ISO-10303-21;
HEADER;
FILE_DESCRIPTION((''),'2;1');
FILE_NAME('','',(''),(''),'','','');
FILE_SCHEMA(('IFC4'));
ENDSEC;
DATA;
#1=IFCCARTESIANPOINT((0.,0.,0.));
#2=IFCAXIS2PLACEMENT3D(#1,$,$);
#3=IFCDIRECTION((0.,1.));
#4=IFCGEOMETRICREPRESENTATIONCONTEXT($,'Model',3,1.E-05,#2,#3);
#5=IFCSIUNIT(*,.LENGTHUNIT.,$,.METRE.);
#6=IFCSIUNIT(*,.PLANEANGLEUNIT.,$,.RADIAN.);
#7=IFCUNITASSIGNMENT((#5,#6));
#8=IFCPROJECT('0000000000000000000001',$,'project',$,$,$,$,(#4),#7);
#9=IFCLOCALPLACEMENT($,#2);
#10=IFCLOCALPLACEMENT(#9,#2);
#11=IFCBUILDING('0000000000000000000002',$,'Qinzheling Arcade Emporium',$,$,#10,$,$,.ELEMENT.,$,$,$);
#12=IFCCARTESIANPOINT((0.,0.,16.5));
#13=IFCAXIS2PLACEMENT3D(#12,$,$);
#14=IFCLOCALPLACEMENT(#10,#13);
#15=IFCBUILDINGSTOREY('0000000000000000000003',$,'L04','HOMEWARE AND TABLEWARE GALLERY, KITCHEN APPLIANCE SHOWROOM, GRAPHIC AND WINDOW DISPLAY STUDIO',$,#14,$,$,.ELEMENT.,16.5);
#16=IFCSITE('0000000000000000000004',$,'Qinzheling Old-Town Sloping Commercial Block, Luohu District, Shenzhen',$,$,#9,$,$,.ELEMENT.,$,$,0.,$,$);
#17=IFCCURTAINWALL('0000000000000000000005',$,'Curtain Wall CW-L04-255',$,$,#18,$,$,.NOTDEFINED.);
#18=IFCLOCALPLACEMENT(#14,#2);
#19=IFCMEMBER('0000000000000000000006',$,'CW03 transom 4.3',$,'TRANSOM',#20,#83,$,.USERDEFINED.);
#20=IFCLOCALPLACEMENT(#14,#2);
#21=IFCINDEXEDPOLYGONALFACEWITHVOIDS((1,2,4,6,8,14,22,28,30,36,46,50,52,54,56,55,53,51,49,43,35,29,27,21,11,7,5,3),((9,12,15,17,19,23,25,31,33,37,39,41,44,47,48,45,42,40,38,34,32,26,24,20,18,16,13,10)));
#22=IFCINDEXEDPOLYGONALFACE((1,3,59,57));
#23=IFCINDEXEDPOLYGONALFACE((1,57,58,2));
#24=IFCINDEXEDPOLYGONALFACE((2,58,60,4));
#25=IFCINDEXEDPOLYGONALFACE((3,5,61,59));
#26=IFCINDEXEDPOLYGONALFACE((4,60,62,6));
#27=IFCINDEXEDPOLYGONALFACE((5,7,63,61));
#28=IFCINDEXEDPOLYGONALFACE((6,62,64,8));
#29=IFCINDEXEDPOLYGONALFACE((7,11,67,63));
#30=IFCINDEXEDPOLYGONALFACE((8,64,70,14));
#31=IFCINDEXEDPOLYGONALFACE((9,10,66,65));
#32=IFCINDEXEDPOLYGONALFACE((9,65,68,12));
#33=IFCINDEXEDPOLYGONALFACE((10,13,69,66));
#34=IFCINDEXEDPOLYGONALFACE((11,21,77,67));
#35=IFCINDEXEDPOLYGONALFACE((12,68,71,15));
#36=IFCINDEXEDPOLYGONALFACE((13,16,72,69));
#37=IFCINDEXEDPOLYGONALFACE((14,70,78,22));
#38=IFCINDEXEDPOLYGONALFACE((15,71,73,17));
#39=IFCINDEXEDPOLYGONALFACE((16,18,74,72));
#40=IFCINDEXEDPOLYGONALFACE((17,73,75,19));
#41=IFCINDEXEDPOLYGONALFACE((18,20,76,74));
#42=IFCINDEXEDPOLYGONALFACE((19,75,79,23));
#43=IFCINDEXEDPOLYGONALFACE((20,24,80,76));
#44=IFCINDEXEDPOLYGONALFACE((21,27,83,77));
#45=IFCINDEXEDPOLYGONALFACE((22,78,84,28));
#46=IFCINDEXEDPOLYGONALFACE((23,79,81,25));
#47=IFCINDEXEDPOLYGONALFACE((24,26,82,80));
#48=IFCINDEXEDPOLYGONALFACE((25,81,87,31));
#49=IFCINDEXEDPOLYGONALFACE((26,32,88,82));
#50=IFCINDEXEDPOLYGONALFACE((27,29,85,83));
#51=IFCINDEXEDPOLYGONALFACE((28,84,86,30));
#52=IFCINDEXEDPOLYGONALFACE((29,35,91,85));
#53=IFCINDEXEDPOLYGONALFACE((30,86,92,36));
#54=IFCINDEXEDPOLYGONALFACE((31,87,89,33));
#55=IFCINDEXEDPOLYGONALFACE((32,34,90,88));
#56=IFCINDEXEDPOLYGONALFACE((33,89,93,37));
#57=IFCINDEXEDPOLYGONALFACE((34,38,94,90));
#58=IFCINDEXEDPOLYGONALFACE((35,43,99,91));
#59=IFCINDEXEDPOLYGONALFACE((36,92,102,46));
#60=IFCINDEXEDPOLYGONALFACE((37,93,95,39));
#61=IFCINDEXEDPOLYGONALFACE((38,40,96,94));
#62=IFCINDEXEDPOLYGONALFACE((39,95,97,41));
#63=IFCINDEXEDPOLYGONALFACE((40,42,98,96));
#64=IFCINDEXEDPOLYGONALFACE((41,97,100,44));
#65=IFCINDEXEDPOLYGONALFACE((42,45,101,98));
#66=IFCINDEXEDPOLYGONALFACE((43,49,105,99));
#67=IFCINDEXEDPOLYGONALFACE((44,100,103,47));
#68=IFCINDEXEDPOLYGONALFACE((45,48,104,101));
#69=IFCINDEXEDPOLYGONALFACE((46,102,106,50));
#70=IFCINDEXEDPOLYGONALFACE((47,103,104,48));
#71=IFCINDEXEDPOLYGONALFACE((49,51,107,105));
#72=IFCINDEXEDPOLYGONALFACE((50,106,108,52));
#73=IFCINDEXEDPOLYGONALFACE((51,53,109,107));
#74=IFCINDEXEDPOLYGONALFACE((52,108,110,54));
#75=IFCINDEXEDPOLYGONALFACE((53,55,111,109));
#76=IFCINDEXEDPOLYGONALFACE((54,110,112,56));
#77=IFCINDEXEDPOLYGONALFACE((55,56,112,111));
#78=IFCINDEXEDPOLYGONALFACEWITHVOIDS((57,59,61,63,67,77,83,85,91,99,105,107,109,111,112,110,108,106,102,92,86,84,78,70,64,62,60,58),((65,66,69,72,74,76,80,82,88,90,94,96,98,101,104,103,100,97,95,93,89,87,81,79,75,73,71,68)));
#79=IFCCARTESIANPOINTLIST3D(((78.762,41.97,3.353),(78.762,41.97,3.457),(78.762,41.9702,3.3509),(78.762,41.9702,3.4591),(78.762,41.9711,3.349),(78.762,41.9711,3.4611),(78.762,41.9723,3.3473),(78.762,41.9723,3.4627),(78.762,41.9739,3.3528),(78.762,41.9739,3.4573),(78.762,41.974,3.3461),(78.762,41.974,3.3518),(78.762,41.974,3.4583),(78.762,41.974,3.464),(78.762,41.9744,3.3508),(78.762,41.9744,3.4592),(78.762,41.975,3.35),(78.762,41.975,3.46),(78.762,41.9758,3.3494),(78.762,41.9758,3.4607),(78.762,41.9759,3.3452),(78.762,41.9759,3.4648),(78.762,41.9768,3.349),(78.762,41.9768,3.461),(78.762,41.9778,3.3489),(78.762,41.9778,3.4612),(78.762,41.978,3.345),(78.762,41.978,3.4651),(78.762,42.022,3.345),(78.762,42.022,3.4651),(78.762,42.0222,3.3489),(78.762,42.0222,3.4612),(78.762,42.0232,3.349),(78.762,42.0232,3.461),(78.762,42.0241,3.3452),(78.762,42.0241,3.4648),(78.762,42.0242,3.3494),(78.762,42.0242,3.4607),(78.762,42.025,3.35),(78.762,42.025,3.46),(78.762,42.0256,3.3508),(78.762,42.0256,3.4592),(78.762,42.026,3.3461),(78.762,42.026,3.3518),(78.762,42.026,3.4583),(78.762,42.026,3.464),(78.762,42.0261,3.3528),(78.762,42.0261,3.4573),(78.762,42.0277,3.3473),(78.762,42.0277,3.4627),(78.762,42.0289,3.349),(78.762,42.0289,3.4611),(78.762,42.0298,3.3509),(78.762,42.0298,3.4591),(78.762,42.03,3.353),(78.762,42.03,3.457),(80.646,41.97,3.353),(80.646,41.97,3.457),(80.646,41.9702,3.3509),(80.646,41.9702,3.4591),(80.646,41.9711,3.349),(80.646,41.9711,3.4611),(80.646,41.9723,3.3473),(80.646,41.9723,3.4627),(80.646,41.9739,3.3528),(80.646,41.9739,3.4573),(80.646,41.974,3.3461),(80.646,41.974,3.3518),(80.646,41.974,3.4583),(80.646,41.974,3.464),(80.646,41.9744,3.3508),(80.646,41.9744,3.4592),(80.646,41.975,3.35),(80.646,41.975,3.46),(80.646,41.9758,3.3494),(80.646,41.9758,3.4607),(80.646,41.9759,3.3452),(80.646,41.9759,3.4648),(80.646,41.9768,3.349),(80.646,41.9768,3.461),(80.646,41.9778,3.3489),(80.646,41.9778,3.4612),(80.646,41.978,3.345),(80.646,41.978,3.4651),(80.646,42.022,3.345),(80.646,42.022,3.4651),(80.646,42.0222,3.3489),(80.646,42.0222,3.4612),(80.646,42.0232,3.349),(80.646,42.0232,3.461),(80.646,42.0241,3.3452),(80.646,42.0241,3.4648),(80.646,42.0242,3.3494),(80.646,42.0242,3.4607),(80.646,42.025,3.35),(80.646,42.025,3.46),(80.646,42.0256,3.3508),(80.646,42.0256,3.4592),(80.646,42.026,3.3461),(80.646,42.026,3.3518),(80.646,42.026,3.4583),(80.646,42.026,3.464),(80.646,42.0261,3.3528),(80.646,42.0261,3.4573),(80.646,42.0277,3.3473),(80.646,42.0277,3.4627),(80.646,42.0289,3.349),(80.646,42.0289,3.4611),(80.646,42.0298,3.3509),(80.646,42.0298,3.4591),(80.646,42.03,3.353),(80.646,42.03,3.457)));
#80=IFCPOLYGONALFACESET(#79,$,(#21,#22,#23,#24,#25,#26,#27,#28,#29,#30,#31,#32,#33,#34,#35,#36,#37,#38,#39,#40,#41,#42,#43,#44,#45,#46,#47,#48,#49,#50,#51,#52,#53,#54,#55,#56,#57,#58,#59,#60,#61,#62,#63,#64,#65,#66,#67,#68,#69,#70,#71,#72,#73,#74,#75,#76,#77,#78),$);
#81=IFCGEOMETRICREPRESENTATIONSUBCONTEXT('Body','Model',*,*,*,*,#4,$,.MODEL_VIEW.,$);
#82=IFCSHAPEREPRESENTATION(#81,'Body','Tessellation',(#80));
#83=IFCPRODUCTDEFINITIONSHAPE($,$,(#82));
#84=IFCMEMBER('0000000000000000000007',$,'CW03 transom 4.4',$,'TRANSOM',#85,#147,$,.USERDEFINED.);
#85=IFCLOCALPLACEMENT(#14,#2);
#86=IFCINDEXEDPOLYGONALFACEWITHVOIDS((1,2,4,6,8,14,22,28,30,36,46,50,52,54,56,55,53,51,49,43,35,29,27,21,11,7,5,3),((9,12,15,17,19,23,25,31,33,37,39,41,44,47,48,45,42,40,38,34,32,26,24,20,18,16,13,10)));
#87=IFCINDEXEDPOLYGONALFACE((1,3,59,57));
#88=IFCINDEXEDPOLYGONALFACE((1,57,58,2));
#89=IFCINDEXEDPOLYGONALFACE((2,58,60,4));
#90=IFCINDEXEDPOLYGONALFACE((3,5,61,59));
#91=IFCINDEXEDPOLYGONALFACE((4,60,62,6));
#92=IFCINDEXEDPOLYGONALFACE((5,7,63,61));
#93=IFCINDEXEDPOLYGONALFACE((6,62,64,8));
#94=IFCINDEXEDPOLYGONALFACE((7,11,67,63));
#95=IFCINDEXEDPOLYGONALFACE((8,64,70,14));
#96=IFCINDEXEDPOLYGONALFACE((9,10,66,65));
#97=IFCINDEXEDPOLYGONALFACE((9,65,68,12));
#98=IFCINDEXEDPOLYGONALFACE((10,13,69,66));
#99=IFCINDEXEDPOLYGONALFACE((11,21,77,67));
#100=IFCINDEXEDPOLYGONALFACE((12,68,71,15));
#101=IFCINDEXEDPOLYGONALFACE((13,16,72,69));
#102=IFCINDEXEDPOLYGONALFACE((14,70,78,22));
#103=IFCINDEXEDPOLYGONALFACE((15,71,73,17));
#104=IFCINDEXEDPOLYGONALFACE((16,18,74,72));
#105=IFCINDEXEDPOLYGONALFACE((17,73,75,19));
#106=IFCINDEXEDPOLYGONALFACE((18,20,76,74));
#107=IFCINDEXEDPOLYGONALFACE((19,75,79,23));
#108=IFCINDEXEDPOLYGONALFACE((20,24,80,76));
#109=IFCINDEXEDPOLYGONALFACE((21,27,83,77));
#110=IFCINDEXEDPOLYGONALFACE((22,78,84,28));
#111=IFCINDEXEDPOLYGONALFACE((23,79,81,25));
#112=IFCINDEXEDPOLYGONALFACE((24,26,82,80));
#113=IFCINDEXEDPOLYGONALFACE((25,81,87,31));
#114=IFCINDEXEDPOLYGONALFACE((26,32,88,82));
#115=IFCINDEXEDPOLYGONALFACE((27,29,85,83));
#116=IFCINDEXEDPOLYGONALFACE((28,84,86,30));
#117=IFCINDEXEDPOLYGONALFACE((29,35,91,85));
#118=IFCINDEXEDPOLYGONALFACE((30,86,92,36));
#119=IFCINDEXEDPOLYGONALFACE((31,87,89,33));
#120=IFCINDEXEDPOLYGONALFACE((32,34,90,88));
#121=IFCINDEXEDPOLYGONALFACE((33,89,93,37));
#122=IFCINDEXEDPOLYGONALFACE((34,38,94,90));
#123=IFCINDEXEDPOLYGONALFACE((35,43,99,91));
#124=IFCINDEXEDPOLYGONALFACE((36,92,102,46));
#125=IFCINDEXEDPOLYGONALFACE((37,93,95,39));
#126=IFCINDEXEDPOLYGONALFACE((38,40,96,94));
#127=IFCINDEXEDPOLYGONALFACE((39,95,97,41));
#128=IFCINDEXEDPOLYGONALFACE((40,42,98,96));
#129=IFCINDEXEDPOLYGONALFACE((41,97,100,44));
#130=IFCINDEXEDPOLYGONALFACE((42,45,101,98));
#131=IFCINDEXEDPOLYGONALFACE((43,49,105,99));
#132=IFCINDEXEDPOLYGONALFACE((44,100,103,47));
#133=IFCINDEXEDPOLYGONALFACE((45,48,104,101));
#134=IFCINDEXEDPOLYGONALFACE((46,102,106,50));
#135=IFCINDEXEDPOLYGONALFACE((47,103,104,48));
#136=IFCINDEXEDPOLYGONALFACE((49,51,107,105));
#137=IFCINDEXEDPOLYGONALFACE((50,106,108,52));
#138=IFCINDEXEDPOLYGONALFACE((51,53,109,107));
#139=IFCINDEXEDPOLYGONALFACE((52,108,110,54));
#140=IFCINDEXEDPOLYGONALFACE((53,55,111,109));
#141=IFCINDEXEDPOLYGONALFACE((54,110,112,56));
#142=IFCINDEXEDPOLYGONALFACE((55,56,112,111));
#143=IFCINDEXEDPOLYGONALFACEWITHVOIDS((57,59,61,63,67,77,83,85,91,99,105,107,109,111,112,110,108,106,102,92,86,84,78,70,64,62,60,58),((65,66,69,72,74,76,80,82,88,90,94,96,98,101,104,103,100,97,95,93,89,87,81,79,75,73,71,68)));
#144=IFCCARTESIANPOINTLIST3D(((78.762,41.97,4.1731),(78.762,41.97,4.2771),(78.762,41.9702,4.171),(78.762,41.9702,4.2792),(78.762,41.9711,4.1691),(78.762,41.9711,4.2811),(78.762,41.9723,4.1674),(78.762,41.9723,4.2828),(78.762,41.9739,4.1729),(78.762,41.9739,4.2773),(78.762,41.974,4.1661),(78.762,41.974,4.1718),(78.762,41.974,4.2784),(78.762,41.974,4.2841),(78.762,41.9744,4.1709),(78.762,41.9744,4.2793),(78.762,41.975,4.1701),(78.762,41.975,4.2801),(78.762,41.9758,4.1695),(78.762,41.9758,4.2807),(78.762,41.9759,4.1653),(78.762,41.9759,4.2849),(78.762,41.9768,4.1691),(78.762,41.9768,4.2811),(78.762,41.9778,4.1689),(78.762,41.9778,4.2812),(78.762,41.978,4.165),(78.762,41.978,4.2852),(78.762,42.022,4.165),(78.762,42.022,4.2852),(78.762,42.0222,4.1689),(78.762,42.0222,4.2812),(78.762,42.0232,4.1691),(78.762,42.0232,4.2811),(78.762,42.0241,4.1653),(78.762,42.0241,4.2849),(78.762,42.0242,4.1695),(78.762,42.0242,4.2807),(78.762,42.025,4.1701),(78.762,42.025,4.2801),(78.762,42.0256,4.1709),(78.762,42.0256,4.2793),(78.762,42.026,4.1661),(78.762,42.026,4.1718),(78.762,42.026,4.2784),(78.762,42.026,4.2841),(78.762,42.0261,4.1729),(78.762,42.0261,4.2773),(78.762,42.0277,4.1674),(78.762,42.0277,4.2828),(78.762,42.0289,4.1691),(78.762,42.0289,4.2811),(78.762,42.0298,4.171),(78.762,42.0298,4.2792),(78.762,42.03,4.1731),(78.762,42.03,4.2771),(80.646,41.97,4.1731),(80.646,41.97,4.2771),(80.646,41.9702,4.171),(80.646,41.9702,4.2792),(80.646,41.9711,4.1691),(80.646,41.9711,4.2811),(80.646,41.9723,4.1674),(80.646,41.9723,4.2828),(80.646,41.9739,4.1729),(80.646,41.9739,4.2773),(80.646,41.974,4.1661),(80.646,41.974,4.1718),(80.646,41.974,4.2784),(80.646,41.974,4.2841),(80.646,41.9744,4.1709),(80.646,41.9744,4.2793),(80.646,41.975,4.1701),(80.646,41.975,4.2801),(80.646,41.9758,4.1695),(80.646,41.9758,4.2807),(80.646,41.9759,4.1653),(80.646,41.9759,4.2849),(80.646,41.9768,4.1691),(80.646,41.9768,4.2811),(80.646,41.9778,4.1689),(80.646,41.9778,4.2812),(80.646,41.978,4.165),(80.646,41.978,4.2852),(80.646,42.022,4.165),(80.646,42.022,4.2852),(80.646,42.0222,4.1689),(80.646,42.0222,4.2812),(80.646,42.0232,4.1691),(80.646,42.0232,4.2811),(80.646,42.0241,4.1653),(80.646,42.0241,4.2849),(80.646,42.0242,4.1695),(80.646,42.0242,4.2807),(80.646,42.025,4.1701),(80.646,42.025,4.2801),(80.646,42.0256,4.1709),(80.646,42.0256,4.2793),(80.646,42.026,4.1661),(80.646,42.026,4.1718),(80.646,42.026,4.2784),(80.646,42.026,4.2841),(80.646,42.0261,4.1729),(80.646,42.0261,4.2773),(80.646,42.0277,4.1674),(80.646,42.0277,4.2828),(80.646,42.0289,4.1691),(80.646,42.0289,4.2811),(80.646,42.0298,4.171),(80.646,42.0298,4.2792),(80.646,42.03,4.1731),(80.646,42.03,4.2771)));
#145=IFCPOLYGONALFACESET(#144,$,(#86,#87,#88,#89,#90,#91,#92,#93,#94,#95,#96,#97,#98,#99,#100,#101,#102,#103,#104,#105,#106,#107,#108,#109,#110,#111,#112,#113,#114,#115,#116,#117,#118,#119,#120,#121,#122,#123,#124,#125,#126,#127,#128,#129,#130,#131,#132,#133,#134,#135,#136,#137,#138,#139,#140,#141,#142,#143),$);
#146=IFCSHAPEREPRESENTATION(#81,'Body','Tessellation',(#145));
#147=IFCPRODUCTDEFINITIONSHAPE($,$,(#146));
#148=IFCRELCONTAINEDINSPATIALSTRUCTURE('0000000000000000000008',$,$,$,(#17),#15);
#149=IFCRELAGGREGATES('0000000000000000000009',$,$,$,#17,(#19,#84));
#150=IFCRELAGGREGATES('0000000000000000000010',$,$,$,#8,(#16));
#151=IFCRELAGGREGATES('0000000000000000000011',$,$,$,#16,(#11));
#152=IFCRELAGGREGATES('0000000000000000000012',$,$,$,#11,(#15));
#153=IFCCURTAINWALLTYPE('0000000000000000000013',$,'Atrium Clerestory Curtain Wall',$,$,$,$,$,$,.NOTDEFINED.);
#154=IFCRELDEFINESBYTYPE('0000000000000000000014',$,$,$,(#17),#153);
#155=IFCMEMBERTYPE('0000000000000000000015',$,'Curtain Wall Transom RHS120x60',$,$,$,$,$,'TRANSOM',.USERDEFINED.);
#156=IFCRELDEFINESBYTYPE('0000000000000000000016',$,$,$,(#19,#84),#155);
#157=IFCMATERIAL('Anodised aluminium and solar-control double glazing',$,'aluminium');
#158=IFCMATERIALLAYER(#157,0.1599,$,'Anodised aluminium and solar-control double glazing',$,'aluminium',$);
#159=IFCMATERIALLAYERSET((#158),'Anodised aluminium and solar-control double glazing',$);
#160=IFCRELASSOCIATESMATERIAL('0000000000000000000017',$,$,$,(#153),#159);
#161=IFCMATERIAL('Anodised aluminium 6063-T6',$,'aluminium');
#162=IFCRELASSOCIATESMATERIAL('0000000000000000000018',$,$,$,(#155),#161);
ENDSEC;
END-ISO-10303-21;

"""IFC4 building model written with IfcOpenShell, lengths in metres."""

from ifc_helpers import new_model, si_unit, direction, frame, origin, origin_2d, place, context, subcontext, project, spatial, hollow_rectangle, extrude, material, layer, layer_set, material_profile, profile_set, type_object, element, aggregate, save


model = new_model("IFC4")

# Units and contexts
model_context = context("Model", 3, precision=1e-05, world=origin(), true_north=direction((0.0, 1.0)))
body_context = subcontext(model_context, "Body", "Model", "MODEL_VIEW")
ifc_project = project(units=[si_unit("LENGTHUNIT", "METRE"), si_unit("PLANEANGLEUNIT", "RADIAN")], contexts=[model_context])

# Site, building, storey
site_placement = place(None, origin())
site = spatial("IfcSite", under=ifc_project, at=site_placement, Name="Qinzheling Old-Town Sloping Commercial Block, Luohu District, Shenzhen", CompositionType="ELEMENT", RefElevation=0.0)
building_placement = place(site_placement, origin())
building = spatial("IfcBuilding", under=site, at=building_placement, Name="Qinzheling Arcade Emporium", CompositionType="ELEMENT")
storey_placement = place(building_placement, frame((0.0, 0.0, 16.5)))
storey = spatial("IfcBuildingStorey", under=building, at=storey_placement, Name="L04", Description="HOMEWARE AND TABLEWARE GALLERY, KITCHEN APPLIANCE SHOWROOM, GRAPHIC AND WINDOW DISPLAY STUDIO", CompositionType="ELEMENT", Elevation=16.5)

# Curtain wall
ifc_material_1 = material(Name="Anodised aluminium and solar-control double glazing", Category="aluminium")
ifc_layer_1 = layer(ifc_material_1, 0.1599, Name="Anodised aluminium and solar-control double glazing", Category="aluminium")
ifc_layer_set_1 = layer_set([ifc_layer_1], Name="Anodised aluminium and solar-control double glazing")
curtain_wall_type = type_object("IfcCurtainWallType", Name="Atrium Clerestory Curtain Wall", PredefinedType="NOTDEFINED", material=ifc_layer_set_1)
curtain_wall_1_placement = place(storey_placement, origin())
curtain_wall_1 = element("IfcCurtainWall", 1, at=curtain_wall_1_placement, inside=storey, type_object=curtain_wall_type, Name="Curtain Wall CW-L04-255", PredefinedType="NOTDEFINED")
ifc_material_2 = material(Name="Anodised aluminium 6063-T6", Category="aluminium")

# Members
ifc_material_profile_1 = material_profile(ifc_material_2, hollow_rectangle(XDim=0.0601, YDim=0.1201, WallThickness=0.0039, InnerFilletRadius=0.0039, OuterFilletRadius=0.0081, at=origin_2d()), Name="RHS 120x60x4", Category="aluminium")
ifc_profile_set_1 = profile_set([ifc_material_profile_1], Name="Anodised aluminium 6063-T6")
member_type_1 = type_object("IfcMemberType", Name="Curtain Wall Transom RHS120x60", ElementType="TRANSOM", PredefinedType="USERDEFINED", material=ifc_profile_set_1)
member_1_placement = place(storey_placement, frame((80.646, 42.0, 3.405), z_axis=(-1.0, 0.0, 0.0), x_axis=(0.0, -1.0, 0.0)))
member_1 = element("IfcMember", 2, at=member_1_placement, type_object=member_type_1, Name="CW03 transom 4.3", ObjectType="TRANSOM", PredefinedType="USERDEFINED", context=body_context, shape_type="SweptSolid", body=[
    extrude(hollow_rectangle(XDim=0.0601, YDim=0.1201, WallThickness=0.0039, InnerFilletRadius=0.0039, OuterFilletRadius=0.0081, at=origin_2d()), origin(), (0.0, 0.0, 1.0), 1.884),
])
member_2_placement = place(storey_placement, frame((80.646, 42.0, 4.2251), z_axis=(-1.0, 0.0, 0.0), x_axis=(0.0, -1.0, 0.0)))
member_2 = element("IfcMember", 3, at=member_2_placement, type_object=member_type_1, Name="CW03 transom 4.4", ObjectType="TRANSOM", PredefinedType="USERDEFINED", context=body_context, shape_type="SweptSolid", body=[
    extrude(hollow_rectangle(XDim=0.0601, YDim=0.1201, WallThickness=0.0039, InnerFilletRadius=0.0039, OuterFilletRadius=0.0081, at=origin_2d()), origin(), (0.0, 0.0, 1.0), 1.884),
])

aggregate(curtain_wall_1, [member_1, member_2])

save(model, "model.ifc")
